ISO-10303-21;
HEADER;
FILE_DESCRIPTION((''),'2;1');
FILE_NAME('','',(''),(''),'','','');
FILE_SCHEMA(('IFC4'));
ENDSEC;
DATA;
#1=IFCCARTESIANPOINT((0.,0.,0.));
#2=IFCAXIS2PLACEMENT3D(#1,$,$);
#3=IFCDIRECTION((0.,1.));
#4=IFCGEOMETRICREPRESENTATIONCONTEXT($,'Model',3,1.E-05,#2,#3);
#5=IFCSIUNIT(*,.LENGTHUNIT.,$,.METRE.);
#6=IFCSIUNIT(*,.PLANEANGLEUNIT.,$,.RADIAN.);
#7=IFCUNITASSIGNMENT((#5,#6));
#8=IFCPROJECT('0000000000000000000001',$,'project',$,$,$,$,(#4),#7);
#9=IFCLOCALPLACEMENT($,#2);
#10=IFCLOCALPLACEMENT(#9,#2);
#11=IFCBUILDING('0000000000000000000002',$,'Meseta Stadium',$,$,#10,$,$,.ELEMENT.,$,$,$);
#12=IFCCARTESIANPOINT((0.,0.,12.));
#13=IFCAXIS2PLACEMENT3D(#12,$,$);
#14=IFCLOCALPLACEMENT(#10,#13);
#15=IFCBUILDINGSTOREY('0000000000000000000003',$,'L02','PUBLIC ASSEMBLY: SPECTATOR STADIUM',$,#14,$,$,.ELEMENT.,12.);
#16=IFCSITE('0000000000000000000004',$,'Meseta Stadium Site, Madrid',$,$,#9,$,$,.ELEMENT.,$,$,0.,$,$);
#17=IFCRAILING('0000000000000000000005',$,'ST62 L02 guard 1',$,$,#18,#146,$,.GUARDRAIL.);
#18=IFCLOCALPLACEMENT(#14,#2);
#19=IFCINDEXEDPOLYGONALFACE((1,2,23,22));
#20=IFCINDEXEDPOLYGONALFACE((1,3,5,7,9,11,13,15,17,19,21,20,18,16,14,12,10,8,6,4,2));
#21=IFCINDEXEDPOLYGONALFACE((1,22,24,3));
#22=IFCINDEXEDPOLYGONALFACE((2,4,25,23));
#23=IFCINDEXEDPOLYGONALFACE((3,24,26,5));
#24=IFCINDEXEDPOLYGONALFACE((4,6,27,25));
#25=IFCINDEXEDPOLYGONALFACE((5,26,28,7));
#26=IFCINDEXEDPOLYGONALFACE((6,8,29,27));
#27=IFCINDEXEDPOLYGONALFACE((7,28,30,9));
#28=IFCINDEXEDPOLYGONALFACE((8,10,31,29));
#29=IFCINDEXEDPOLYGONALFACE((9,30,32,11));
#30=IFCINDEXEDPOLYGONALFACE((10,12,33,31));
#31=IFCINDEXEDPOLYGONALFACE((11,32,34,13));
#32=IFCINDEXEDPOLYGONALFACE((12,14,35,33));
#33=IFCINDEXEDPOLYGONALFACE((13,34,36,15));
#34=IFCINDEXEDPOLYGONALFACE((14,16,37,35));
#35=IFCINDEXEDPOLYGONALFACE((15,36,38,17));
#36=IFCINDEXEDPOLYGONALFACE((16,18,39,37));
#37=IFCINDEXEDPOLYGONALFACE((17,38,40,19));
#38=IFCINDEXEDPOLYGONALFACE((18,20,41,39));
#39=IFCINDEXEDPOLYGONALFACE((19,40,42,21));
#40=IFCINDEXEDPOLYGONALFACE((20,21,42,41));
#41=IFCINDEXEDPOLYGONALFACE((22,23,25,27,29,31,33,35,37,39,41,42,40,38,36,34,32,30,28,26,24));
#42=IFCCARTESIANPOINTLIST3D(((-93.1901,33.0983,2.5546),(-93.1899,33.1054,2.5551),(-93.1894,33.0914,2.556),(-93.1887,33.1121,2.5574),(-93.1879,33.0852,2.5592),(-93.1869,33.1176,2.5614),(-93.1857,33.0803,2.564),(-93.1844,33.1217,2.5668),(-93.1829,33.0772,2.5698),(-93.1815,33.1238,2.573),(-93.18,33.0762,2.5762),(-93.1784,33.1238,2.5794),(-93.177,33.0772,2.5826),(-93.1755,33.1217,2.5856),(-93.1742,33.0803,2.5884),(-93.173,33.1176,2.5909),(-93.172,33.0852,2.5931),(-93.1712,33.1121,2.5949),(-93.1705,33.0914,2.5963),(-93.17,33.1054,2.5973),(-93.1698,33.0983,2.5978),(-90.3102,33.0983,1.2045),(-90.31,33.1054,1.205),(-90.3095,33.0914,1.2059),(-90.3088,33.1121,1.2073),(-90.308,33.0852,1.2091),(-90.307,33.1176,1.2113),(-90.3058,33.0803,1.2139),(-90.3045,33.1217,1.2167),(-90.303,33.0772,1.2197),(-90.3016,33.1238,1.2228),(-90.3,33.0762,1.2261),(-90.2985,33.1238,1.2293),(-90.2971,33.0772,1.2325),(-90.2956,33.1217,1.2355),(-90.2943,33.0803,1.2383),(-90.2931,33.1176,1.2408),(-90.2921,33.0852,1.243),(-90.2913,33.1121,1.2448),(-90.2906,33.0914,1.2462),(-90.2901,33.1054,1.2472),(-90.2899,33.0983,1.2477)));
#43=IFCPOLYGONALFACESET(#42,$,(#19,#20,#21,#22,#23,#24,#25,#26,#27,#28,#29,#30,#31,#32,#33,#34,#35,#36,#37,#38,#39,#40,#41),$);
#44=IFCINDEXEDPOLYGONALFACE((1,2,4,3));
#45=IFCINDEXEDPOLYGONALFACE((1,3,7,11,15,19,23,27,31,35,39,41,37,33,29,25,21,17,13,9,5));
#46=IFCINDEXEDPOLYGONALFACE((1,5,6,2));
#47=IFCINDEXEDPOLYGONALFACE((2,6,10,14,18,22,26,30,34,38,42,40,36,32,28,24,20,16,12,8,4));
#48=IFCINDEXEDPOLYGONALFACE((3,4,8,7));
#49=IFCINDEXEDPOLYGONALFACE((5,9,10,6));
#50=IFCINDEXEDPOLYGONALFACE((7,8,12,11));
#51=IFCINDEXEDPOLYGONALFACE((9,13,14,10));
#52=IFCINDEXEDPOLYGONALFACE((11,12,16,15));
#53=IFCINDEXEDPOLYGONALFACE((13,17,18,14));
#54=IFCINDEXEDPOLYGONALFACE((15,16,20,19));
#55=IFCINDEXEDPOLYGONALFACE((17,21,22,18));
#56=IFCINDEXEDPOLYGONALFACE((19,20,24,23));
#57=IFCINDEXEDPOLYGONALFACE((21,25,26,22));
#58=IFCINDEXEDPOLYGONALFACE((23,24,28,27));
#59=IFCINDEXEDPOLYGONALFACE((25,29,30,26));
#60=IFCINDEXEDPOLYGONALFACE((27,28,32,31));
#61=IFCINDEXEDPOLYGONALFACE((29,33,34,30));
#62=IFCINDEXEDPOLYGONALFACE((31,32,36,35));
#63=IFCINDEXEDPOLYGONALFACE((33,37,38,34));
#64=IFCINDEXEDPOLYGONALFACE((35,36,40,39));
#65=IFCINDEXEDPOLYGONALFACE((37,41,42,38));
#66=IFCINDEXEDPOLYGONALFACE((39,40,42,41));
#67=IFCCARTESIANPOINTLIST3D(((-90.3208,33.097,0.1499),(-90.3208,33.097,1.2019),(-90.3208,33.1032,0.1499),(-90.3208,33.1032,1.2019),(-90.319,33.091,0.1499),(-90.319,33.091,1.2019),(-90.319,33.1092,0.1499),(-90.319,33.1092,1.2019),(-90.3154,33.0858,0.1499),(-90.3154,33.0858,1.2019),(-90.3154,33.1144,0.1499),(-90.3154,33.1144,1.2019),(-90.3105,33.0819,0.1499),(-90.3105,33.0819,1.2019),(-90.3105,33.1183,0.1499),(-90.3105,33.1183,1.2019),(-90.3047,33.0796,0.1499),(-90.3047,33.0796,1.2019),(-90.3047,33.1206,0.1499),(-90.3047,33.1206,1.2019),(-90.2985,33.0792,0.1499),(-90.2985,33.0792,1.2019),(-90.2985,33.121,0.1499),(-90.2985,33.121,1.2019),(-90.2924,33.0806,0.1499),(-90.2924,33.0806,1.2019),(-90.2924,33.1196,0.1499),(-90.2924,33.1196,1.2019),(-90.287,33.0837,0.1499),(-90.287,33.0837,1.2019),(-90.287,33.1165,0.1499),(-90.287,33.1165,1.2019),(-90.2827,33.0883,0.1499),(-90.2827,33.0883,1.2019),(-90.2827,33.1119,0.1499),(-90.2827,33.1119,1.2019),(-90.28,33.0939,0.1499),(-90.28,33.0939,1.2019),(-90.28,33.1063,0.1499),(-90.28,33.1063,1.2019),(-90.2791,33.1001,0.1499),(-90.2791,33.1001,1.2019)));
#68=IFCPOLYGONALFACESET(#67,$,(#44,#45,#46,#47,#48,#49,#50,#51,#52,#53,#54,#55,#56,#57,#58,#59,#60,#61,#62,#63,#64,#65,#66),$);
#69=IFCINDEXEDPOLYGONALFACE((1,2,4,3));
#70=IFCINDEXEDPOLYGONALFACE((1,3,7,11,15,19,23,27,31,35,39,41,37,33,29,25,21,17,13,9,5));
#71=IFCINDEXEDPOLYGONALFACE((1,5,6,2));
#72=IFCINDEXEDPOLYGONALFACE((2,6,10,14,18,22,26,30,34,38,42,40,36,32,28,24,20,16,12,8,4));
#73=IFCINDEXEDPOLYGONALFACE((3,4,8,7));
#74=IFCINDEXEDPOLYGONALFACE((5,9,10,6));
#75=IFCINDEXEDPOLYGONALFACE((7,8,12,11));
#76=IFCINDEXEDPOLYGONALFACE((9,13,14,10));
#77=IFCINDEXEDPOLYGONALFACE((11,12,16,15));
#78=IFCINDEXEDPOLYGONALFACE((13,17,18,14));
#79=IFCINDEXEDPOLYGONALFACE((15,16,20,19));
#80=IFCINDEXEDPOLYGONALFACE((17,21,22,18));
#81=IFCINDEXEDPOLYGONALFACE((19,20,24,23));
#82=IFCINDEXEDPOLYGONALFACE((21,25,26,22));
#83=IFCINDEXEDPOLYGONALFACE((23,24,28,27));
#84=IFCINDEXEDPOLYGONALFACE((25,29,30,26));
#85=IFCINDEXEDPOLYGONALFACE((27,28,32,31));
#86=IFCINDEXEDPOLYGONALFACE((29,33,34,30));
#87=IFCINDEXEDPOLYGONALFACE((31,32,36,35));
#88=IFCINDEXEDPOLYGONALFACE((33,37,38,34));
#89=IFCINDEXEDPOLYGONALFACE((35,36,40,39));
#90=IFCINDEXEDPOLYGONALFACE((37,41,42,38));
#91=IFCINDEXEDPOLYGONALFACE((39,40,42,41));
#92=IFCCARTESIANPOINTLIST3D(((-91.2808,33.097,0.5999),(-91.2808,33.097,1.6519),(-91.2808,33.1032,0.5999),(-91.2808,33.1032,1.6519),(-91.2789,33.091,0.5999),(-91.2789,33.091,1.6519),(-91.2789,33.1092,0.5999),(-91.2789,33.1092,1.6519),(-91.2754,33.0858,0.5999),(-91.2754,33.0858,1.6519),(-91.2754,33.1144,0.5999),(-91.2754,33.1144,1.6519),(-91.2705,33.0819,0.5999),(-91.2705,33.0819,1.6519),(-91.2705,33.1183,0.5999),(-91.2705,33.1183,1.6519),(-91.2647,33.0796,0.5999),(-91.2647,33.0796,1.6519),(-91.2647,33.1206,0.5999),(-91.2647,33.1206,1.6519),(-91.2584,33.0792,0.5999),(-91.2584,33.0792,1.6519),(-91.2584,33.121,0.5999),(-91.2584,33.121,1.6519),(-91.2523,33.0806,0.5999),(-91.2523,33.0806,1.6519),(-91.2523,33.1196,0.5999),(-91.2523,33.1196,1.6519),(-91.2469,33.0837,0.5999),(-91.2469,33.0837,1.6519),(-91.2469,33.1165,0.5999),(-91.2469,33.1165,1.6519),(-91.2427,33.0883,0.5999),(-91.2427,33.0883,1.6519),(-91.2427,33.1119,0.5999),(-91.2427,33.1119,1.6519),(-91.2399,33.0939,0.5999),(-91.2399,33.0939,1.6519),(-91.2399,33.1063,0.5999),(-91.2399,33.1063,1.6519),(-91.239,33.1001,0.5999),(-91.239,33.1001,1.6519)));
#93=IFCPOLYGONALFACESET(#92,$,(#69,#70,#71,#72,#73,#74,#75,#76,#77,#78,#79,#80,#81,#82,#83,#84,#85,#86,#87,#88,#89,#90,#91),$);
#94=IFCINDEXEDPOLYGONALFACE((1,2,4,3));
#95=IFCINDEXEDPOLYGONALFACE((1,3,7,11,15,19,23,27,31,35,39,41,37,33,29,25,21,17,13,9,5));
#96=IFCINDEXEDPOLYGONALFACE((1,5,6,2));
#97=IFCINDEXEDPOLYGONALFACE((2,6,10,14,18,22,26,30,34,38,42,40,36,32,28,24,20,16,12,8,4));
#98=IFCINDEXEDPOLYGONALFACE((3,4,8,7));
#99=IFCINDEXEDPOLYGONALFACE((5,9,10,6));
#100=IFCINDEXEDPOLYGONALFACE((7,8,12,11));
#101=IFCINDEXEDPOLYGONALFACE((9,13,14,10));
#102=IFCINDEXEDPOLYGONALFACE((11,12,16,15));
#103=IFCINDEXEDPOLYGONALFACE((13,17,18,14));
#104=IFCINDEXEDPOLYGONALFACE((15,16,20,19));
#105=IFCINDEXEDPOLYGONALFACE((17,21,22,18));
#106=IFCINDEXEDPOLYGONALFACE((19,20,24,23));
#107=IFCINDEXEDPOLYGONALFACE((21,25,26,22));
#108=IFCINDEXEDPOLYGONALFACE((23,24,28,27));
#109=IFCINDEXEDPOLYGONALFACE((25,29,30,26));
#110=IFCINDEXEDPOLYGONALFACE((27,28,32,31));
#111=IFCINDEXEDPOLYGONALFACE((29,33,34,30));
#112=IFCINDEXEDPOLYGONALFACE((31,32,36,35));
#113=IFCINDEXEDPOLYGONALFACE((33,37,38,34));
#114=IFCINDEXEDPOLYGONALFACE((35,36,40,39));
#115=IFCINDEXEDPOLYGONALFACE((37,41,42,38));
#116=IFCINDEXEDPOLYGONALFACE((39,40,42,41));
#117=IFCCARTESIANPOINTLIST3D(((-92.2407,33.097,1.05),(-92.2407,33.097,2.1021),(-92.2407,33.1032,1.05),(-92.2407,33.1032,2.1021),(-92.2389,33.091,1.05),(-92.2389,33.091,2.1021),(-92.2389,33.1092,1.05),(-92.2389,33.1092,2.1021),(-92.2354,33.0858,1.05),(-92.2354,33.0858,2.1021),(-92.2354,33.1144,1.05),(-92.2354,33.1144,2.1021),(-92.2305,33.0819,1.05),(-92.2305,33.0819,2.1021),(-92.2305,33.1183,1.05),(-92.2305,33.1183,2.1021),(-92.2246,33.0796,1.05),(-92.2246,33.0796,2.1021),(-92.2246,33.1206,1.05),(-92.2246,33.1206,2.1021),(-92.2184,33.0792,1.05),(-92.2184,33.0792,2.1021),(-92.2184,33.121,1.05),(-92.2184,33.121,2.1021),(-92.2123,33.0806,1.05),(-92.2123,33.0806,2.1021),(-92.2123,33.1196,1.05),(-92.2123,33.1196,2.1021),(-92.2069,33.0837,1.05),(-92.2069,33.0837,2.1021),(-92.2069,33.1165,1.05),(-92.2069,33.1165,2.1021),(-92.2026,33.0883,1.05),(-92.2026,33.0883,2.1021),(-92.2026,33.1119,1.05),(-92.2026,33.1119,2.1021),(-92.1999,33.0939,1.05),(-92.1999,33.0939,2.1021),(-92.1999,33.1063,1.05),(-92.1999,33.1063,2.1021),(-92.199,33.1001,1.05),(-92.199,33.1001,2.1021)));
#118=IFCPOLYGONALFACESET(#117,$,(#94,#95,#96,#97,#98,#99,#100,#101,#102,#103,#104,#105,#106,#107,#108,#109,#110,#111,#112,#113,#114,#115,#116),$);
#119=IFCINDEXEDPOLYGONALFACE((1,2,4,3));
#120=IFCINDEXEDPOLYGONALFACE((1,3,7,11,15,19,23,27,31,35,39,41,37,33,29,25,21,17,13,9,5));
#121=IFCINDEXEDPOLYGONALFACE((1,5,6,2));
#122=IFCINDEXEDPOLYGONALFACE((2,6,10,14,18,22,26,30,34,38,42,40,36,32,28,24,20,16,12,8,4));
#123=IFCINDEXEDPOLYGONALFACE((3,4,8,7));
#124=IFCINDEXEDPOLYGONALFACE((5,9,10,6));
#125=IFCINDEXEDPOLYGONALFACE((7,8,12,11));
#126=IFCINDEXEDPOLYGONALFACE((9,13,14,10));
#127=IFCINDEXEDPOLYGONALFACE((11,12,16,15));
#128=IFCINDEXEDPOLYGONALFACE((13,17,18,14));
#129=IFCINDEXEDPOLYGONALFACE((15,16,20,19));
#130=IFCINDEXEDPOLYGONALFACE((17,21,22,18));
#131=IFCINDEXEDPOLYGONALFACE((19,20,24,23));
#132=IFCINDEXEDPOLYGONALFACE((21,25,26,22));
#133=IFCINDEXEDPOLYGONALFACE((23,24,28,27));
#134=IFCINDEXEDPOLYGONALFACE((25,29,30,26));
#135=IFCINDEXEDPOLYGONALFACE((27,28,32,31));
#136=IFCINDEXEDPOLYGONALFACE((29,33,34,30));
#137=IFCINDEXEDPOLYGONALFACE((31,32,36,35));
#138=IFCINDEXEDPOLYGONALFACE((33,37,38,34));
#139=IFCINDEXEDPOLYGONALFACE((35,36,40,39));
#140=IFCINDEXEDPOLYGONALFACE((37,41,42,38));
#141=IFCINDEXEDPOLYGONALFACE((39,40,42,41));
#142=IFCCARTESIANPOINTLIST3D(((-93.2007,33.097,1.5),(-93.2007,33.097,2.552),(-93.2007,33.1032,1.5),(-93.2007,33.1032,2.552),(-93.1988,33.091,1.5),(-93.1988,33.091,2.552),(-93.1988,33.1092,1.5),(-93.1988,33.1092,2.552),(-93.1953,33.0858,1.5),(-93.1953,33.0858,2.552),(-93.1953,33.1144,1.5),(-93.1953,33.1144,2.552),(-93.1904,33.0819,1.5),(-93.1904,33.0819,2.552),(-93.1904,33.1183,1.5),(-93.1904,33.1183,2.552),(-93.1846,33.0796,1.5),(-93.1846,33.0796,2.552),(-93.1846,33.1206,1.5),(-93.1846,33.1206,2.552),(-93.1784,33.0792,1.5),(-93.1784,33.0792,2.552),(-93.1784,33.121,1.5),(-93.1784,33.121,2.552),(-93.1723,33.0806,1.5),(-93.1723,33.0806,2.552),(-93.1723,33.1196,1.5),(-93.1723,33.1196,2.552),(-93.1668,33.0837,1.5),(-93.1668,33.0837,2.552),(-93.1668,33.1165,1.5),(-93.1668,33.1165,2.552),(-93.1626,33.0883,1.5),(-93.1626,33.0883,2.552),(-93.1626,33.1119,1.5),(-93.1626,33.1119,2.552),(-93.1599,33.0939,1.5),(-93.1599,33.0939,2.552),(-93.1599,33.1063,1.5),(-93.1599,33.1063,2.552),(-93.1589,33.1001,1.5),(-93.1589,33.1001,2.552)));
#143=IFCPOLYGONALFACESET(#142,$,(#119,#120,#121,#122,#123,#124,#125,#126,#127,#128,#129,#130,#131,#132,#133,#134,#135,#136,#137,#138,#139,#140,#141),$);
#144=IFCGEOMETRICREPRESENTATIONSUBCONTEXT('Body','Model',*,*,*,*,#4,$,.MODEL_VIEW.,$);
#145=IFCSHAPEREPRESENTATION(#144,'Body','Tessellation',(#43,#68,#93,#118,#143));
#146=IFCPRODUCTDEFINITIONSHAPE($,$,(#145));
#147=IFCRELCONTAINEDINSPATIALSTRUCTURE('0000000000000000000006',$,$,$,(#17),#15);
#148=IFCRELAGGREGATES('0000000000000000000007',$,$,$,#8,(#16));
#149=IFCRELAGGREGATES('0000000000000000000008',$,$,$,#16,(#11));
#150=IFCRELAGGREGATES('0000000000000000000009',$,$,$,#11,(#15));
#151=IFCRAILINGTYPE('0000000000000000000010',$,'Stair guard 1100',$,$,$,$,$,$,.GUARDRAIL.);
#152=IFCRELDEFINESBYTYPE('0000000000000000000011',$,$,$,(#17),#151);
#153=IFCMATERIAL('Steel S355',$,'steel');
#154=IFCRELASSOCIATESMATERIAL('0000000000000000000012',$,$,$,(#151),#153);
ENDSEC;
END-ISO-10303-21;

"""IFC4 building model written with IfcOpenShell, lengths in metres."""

from ifc_helpers import new_model, si_unit, direction, frame, origin, origin_2d, place, context, subcontext, project, spatial, circle, extrude, material, type_object, element, save


model = new_model("IFC4")

# Units and contexts
model_context = context("Model", 3, precision=1e-05, world=origin(), true_north=direction((0.0, 1.0)))
body_context = subcontext(model_context, "Body", "Model", "MODEL_VIEW")
ifc_project = project(units=[si_unit("LENGTHUNIT", "METRE"), si_unit("PLANEANGLEUNIT", "RADIAN")], contexts=[model_context])

# Site, building, storey
site_placement = place(None, origin())
site = spatial("IfcSite", under=ifc_project, at=site_placement, Name="Meseta Stadium Site, Madrid", CompositionType="ELEMENT", RefElevation=0.0)
building_placement = place(site_placement, origin())
building = spatial("IfcBuilding", under=site, at=building_placement, Name="Meseta Stadium", CompositionType="ELEMENT")
storey_placement = place(building_placement, frame((0.0, 0.0, 12.0)))
storey = spatial("IfcBuildingStorey", under=building, at=storey_placement, Name="L02", Description="PUBLIC ASSEMBLY: SPECTATOR STADIUM", CompositionType="ELEMENT", Elevation=12.0)

# Railing
ifc_material_1 = material(Name="Steel S355", Category="steel")
railing_type_1 = type_object("IfcRailingType", Name="Stair guard 1100", PredefinedType="GUARDRAIL", material=ifc_material_1)
railing_1_placement = place(storey_placement, frame((-90.3, 33.1001, 0.1499)))
element("IfcRailing", 1, at=railing_1_placement, inside=storey, type_object=railing_type_1, Name="ST62 L02 guard 1", PredefinedType="GUARDRAIL", context=body_context, shape_type="SweptSolid", body=[
    extrude(circle(Radius=0.0239, at=origin_2d()), frame((0.0, 0.0, 1.0762), z_axis=(-0.90544, 0.0, 0.424473), x_axis=(0.0, -1.0, 0.0)), (0.0, 0.0, 1.0), 3.1807),
    extrude(circle(Radius=0.021, at=origin_2d()), origin(), (0.0, 0.0, 1.0), 1.052),
    extrude(circle(Radius=0.021, at=origin_2d()), frame((-0.96, 0.0, 0.45)), (0.0, 0.0, 1.0), 1.052),
    extrude(circle(Radius=0.021, at=origin_2d()), frame((-1.9199, 0.0, 0.9001)), (0.0, 0.0, 1.0), 1.052),
    extrude(circle(Radius=0.021, at=origin_2d()), frame((-2.8799, 0.0, 1.3501)), (0.0, 0.0, 1.0), 1.052),
])

save(model, "model.ifc")
